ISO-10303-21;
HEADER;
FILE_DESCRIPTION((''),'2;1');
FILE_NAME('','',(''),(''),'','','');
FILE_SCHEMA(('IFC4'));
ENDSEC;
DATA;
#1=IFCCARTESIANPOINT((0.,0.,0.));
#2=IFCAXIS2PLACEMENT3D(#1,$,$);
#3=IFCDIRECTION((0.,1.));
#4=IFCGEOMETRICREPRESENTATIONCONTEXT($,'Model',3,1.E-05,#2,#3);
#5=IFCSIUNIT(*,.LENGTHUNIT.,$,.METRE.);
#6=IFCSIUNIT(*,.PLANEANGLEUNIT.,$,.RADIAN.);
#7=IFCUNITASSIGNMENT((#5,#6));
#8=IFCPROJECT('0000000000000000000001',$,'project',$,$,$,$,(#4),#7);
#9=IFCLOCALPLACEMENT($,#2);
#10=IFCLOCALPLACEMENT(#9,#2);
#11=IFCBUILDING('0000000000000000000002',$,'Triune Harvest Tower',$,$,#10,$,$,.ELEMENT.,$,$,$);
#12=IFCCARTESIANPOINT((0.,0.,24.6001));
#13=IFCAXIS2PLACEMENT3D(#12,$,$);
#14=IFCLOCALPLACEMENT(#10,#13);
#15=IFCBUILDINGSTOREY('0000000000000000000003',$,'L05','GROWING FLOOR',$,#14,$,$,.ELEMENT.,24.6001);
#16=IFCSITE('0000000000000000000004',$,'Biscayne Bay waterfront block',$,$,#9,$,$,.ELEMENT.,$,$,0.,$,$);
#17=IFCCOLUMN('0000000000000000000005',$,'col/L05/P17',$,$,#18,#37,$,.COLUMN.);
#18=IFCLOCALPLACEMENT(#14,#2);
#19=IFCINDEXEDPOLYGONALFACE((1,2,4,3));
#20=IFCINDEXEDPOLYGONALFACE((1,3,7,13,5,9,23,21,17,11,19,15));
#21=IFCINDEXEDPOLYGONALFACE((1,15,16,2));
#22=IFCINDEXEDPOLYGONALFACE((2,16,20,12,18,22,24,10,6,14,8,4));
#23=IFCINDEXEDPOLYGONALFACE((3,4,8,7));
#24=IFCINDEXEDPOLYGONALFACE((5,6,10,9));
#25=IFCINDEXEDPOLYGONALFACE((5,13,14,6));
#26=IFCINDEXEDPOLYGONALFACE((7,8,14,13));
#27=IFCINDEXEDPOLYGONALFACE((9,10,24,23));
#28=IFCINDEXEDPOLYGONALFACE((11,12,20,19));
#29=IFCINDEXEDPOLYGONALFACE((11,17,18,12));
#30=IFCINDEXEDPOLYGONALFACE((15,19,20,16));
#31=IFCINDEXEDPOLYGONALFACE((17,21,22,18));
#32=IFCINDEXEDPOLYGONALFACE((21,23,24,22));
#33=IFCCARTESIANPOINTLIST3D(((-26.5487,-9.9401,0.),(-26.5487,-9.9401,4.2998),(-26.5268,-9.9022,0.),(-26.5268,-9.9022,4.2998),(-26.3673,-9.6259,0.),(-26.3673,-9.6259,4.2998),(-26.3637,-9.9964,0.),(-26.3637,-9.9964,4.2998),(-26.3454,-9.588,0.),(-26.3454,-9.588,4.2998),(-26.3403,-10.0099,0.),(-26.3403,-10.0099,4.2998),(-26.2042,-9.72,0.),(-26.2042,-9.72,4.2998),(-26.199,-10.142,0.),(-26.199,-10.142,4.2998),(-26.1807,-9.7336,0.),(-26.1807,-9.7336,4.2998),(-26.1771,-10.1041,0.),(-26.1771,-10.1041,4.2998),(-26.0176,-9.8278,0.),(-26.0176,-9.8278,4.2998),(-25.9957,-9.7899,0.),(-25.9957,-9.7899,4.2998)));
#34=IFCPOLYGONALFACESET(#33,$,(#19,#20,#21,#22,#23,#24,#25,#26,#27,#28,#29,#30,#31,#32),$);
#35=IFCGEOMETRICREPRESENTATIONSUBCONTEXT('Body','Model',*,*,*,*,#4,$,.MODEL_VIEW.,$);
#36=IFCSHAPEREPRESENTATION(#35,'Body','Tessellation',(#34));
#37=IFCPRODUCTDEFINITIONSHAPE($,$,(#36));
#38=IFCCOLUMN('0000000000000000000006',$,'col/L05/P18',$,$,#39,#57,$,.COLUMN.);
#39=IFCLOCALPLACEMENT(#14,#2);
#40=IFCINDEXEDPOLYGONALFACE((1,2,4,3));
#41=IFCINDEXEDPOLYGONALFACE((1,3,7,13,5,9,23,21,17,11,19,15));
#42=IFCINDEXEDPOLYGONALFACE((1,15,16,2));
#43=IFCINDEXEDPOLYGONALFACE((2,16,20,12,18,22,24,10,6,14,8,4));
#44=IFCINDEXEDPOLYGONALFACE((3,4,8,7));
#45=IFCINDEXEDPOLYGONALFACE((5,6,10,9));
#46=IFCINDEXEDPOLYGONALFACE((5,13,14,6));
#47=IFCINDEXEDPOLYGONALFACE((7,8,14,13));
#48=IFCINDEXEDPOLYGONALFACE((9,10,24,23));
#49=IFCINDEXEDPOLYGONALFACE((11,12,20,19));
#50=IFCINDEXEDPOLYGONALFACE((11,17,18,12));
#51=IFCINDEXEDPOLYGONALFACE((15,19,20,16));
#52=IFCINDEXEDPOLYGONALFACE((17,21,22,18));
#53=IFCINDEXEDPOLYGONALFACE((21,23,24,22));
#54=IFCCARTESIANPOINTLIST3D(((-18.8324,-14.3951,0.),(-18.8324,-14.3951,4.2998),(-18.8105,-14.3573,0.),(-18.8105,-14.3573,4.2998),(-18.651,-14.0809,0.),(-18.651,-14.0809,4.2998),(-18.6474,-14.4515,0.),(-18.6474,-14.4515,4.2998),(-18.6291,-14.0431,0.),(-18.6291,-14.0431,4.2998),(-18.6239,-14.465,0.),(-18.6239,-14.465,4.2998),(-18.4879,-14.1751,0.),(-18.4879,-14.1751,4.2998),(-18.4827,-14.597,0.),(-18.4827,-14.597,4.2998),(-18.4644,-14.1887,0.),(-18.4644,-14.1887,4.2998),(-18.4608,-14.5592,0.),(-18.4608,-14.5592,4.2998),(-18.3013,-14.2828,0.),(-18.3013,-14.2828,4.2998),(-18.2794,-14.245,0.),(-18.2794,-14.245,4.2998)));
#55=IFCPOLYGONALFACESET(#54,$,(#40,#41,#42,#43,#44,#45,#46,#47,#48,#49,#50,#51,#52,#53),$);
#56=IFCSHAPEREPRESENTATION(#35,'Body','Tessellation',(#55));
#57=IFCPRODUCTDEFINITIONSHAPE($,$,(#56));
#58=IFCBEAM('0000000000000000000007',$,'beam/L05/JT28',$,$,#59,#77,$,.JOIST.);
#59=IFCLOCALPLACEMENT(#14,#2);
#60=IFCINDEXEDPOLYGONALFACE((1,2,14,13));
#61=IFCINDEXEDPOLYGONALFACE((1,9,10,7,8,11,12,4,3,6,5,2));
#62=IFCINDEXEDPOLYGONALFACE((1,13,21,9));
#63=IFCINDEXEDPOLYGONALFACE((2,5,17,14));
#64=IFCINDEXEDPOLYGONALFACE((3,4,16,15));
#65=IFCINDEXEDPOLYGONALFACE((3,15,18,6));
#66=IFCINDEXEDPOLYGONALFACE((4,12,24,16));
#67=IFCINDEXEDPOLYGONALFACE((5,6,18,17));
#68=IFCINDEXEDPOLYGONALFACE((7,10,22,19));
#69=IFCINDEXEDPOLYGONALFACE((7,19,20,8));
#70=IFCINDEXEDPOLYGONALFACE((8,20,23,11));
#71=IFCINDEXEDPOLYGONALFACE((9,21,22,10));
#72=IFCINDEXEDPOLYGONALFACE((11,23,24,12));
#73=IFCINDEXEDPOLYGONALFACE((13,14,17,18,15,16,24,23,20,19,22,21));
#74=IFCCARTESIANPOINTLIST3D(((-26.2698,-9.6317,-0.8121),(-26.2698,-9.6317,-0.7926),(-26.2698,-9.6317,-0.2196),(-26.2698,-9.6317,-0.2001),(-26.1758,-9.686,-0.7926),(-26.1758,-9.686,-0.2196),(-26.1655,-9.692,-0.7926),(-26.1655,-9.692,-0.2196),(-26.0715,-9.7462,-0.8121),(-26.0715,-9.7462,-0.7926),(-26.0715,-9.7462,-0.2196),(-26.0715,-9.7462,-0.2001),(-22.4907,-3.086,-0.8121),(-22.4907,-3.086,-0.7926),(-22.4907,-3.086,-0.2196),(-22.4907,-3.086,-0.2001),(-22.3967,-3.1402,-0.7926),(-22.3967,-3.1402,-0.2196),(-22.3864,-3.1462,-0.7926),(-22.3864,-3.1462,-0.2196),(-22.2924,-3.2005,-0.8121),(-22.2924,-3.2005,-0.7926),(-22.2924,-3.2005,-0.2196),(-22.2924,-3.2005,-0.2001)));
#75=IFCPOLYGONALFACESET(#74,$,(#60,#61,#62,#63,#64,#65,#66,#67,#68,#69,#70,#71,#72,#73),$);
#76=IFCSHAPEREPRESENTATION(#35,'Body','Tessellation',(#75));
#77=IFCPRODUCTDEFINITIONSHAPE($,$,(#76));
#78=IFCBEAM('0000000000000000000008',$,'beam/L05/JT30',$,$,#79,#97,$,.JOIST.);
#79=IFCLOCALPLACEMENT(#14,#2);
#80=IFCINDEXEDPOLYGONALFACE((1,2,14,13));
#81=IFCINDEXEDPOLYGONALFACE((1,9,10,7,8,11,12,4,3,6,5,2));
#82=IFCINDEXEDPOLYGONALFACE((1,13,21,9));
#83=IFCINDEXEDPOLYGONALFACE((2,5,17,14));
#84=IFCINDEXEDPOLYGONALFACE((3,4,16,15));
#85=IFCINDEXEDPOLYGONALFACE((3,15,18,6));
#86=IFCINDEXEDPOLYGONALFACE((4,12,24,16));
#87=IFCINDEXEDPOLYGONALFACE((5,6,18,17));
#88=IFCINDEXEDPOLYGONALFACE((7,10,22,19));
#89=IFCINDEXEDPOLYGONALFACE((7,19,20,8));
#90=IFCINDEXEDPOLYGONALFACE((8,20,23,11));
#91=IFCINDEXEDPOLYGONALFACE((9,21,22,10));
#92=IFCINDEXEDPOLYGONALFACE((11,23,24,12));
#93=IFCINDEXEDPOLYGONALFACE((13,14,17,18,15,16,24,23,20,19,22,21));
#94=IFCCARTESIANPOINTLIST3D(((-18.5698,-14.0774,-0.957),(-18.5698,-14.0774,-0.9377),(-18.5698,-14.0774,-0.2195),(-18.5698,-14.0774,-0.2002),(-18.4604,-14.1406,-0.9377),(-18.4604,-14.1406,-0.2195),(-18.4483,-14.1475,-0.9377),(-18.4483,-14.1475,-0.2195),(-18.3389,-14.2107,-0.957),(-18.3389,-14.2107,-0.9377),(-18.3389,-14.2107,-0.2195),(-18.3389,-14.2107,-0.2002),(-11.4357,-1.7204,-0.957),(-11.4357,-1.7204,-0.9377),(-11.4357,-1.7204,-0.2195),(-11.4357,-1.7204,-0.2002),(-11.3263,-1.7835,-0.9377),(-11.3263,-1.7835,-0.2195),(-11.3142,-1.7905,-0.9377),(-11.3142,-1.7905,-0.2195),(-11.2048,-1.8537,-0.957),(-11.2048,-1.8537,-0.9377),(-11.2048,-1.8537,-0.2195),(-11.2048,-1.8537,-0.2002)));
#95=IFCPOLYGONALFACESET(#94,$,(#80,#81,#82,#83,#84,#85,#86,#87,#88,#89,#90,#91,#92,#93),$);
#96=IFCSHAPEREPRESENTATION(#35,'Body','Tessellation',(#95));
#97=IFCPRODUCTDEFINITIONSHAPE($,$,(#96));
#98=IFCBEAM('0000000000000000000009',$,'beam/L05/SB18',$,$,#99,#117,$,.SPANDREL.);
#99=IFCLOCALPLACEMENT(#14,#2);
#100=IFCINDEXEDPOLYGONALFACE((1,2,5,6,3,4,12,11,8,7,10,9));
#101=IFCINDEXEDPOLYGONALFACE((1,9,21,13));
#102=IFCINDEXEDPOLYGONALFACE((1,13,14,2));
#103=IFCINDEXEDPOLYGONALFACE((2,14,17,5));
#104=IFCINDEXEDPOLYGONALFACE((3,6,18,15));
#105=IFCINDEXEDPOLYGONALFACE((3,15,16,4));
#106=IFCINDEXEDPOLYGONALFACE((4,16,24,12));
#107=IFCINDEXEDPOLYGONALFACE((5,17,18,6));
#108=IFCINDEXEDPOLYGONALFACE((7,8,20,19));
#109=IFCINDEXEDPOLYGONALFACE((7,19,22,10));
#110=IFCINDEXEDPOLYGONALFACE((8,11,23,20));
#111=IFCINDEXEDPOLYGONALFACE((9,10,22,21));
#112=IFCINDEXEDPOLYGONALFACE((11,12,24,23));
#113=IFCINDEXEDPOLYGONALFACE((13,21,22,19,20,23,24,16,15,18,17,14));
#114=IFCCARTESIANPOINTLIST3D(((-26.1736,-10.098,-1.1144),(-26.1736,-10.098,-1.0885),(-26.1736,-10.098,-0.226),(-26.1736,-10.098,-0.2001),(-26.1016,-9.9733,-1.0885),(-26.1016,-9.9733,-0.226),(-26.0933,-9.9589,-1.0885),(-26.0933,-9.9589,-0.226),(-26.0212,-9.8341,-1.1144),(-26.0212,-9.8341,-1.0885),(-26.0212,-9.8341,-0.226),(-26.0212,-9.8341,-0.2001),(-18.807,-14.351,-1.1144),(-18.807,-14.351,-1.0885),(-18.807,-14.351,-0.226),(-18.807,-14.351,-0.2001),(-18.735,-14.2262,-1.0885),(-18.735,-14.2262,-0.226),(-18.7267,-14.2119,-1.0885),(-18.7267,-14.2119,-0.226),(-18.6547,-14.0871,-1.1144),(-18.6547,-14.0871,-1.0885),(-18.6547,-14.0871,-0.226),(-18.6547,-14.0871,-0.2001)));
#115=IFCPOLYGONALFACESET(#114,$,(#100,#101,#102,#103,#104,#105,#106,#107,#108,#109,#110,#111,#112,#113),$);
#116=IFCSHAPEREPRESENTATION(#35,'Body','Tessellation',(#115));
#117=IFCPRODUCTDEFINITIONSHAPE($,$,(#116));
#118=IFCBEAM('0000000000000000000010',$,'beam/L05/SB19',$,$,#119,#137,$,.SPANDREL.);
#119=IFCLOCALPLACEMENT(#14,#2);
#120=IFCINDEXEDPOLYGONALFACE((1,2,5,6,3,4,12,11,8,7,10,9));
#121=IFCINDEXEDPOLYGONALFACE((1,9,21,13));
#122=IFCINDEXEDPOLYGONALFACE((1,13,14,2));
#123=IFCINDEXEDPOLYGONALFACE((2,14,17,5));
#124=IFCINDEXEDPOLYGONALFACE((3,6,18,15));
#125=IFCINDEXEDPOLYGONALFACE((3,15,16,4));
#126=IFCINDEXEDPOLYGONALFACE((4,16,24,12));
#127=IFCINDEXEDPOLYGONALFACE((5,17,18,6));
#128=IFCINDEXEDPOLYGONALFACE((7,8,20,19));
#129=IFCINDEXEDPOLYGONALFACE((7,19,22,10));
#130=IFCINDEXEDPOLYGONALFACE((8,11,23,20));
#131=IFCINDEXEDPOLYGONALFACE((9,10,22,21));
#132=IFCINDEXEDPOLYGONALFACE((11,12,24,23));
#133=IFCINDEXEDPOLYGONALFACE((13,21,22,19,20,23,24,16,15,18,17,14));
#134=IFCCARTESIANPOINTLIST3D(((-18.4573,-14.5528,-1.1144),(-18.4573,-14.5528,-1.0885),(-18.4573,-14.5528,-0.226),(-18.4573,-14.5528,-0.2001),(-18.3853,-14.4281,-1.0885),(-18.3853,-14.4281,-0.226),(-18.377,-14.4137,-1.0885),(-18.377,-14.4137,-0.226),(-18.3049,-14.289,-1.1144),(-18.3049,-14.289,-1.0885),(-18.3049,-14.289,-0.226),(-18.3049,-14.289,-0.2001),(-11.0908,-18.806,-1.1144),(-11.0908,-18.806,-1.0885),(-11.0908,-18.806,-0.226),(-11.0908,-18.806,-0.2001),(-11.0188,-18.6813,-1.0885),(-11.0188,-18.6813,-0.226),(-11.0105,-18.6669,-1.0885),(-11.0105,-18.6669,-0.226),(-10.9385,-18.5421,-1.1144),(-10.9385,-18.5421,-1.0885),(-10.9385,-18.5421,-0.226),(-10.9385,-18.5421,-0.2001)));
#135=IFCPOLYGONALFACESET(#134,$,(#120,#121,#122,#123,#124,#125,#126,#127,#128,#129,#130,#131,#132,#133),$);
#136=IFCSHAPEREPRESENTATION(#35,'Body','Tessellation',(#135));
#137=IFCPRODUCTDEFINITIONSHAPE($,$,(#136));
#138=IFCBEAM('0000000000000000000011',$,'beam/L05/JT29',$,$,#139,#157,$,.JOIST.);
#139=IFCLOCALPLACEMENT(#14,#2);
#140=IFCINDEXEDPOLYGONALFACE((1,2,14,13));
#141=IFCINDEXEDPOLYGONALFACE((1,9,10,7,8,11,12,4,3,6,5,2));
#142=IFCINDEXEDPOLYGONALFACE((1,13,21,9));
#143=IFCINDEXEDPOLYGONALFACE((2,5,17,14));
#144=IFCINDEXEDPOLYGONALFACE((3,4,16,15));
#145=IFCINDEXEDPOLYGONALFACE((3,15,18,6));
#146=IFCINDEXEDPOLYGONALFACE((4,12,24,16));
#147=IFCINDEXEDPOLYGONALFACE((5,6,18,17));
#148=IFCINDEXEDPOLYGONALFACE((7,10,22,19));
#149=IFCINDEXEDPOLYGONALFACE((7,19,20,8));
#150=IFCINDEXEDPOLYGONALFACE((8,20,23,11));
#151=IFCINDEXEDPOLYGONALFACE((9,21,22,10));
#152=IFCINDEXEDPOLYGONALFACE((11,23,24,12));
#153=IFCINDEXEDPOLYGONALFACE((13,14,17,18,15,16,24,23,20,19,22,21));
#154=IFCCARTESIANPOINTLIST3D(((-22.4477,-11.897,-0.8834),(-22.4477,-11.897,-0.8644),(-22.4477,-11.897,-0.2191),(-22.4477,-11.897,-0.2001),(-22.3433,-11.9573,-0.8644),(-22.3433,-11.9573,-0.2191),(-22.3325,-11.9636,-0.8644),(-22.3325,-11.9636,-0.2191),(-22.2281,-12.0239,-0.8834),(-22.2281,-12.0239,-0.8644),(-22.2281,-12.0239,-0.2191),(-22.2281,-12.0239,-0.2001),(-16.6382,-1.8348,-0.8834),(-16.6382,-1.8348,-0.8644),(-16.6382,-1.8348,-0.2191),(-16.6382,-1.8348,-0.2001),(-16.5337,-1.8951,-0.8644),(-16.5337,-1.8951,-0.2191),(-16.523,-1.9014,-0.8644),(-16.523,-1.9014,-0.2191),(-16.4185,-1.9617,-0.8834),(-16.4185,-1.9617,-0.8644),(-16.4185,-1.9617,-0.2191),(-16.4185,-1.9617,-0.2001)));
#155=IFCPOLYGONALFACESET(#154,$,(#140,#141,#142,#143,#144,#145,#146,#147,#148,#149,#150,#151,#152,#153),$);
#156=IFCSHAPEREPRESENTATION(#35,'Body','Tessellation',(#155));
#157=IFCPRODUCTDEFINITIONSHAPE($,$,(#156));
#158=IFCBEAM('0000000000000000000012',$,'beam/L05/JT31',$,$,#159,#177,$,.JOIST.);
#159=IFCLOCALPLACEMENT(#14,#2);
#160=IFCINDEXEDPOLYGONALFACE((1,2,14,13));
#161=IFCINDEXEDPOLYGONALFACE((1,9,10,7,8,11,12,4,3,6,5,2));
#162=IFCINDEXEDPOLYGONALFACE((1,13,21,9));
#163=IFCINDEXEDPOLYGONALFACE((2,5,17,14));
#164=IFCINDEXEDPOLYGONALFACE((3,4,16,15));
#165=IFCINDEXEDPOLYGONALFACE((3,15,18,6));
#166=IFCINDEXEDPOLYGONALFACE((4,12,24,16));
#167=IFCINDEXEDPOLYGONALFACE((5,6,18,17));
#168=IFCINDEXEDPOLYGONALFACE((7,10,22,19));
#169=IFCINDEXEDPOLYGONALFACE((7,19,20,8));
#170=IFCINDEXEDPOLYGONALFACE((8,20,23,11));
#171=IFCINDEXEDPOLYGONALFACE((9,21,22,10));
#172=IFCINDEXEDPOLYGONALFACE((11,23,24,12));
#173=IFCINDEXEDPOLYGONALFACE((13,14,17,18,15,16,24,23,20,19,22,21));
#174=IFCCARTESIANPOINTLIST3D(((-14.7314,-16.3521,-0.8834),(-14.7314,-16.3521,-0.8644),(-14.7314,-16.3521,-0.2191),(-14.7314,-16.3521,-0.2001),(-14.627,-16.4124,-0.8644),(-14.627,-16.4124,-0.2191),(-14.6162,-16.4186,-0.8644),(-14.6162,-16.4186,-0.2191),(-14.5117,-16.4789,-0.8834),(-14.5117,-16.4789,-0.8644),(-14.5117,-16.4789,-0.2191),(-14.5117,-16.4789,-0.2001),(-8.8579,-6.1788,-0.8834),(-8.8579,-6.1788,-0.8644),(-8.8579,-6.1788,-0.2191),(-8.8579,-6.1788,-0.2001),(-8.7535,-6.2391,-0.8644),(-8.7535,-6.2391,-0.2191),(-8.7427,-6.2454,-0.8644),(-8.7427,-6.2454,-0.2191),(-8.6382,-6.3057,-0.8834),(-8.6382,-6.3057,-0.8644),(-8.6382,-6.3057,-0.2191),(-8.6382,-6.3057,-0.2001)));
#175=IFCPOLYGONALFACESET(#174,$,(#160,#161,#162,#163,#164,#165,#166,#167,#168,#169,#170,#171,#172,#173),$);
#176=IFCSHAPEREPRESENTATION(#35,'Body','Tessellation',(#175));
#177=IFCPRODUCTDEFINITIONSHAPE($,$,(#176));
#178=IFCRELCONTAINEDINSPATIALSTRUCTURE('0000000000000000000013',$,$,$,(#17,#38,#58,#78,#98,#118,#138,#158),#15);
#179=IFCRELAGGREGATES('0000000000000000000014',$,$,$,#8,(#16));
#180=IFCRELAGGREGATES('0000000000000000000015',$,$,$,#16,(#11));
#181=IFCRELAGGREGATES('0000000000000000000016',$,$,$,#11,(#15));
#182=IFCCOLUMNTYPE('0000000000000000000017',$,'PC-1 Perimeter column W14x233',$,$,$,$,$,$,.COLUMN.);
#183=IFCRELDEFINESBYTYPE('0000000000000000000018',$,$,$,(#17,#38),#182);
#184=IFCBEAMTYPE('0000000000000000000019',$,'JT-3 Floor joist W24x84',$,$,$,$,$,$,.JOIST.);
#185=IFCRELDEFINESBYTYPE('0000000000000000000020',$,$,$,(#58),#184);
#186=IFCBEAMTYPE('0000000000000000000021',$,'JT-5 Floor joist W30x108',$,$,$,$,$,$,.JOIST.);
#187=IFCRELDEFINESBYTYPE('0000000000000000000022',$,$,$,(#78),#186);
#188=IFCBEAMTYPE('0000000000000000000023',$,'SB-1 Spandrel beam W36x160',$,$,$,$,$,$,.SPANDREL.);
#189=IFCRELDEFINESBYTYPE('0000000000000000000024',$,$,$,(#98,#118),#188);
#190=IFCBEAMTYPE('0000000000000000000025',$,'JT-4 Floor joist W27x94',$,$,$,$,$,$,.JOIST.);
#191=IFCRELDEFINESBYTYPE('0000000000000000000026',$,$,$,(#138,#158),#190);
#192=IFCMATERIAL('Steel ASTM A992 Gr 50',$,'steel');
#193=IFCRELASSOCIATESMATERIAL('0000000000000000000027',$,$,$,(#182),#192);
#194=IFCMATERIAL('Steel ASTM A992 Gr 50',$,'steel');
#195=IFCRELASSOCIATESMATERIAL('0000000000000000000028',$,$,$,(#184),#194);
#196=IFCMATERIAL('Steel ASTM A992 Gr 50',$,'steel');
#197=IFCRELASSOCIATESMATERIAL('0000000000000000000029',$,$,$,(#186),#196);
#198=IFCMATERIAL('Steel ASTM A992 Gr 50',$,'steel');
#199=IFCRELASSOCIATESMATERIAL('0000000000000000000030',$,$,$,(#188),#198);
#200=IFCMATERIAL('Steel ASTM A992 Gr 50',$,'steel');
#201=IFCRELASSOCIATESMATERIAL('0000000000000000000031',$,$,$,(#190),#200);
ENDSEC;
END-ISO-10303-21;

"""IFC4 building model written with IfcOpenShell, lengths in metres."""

from ifc_helpers import new_model, si_unit, direction, frame, origin, origin_2d, place, context, subcontext, project, spatial, i_section, extrude, source, transform, mapped, material, material_profile, profile_set, type_object, element, save


model = new_model("IFC4")

# Units and contexts
model_context = context("Model", 3, precision=1e-05, world=origin(), true_north=direction((0.0, 1.0)))
body_context = subcontext(model_context, "Body", "Model", "MODEL_VIEW")
ifc_project = project(units=[si_unit("LENGTHUNIT", "METRE"), si_unit("PLANEANGLEUNIT", "RADIAN")], contexts=[model_context])

# Site, building, storey
site_placement = place(None, origin())
site = spatial("IfcSite", under=ifc_project, at=site_placement, Name="Biscayne Bay waterfront block", CompositionType="ELEMENT", RefElevation=0.0)
building_placement = place(site_placement, origin())
building = spatial("IfcBuilding", under=site, at=building_placement, Name="Triune Harvest Tower", CompositionType="ELEMENT")
storey_placement = place(building_placement, frame((0.0, 0.0, 24.6001)))
storey = spatial("IfcBuildingStorey", under=building, at=storey_placement, Name="L05", Description="GROWING FLOOR", CompositionType="ELEMENT", Elevation=24.6001)

# Columns
ifc_material_1 = material(Name="Steel ASTM A992 Gr 50", Category="steel")
ifc_material_profile_1 = material_profile(ifc_material_1, i_section(OverallWidth=0.4038, OverallDepth=0.4065, WebThickness=0.0271, FlangeThickness=0.0437, at=origin_2d()), Name="W14x233")
ifc_profile_set_1 = profile_set([ifc_material_profile_1], Name="Steel ASTM A992 Gr 50")
column_type = type_object("IfcColumnType", Name="PC-1 Perimeter column W14x233", PredefinedType="COLUMN", material=ifc_profile_set_1)
shared_shape_1 = source(origin(), body_context, "Body", "SweptSolid", [
    extrude(i_section(OverallWidth=0.4038, OverallDepth=0.4065, WebThickness=0.0271, FlangeThickness=0.0437, at=origin_2d()), origin(), (0.0, 0.0, 1.0), 4.2998),
])
for number, where, z_axis, x_axis, name in (
    (1, (-26.2722, -9.865, 0.0), (0.0, 0.0, 1.0), (0.866025, -0.5, 0.0), "col/L05/P17"),
    (2, (-18.5559, -14.3201, 0.0), (0.0, 0.0, 1.0), (0.866025, -0.5, 0.0), "col/L05/P18"),
):
    element("IfcColumn", number, at=place(storey_placement, frame(where, z_axis=z_axis, x_axis=x_axis)), inside=storey, type_object=column_type, Name=name, PredefinedType="COLUMN", context=body_context, shape_type="MappedRepresentation", body=[
        mapped(shared_shape_1, transform((0.0, 0.0, 0.0), scale=1.0)),
    ])

# Beams
ifc_material_2 = material(Name="Steel ASTM A992 Gr 50", Category="steel")
ifc_material_profile_2 = material_profile(ifc_material_2, i_section(OverallWidth=0.229, OverallDepth=0.6121, WebThickness=0.012, FlangeThickness=0.0195, at=origin_2d()), Name="W24x84")
ifc_profile_set_2 = profile_set([ifc_material_profile_2], Name="Steel ASTM A992 Gr 50")
beam_type_1 = type_object("IfcBeamType", Name="JT-3 Floor joist W24x84", PredefinedType="JOIST", material=ifc_profile_set_2)
shared_shape_2 = source(origin(), body_context, "Body", "SweptSolid", [
    extrude(i_section(OverallWidth=0.229, OverallDepth=0.6121, WebThickness=0.012, FlangeThickness=0.0195, at=origin_2d()), origin(), (0.0, 0.0, 1.0), 7.5583),
])
beam_1_placement = place(storey_placement, frame((-26.1707, -9.689, -0.5061), z_axis=(0.499992, 0.86603, 0.0), x_axis=(-0.86603, 0.499992, 0.0)))
element("IfcBeam", 3, at=beam_1_placement, inside=storey, type_object=beam_type_1, Name="beam/L05/JT28", PredefinedType="JOIST", context=body_context, shape_type="MappedRepresentation", body=[
    mapped(shared_shape_2, transform((0.0, 0.0, 0.0), scale=1.0)),
])
ifc_material_3 = material(Name="Steel ASTM A992 Gr 50", Category="steel")
ifc_material_profile_3 = material_profile(ifc_material_3, i_section(OverallWidth=0.2666, OverallDepth=0.7568, WebThickness=0.0139, FlangeThickness=0.0193, at=origin_2d()), Name="W30x108")
ifc_profile_set_3 = profile_set([ifc_material_profile_3], Name="Steel ASTM A992 Gr 50")
beam_type_2 = type_object("IfcBeamType", Name="JT-5 Floor joist W30x108", PredefinedType="JOIST", material=ifc_profile_set_3)
shared_shape_3 = source(origin(), body_context, "Body", "SweptSolid", [
    extrude(i_section(OverallWidth=0.2666, OverallDepth=0.7568, WebThickness=0.0139, FlangeThickness=0.0193, at=origin_2d()), origin(), (0.0, 0.0, 1.0), 14.2686),
])
beam_2_placement = place(storey_placement, frame((-18.4543, -14.144, -0.5786), z_axis=(0.499987, 0.866033, 0.0), x_axis=(-0.866033, 0.499987, 0.0)))
element("IfcBeam", 4, at=beam_2_placement, inside=storey, type_object=beam_type_2, Name="beam/L05/JT30", PredefinedType="JOIST", context=body_context, shape_type="MappedRepresentation", body=[
    mapped(shared_shape_3, transform((0.0, 0.0, 0.0), scale=1.0)),
])
ifc_material_4 = material(Name="Steel ASTM A992 Gr 50", Category="steel")
ifc_material_profile_4 = material_profile(ifc_material_4, i_section(OverallWidth=0.3047, OverallDepth=0.9143, WebThickness=0.0166, FlangeThickness=0.0259, at=origin_2d()), Name="W36x160")
ifc_profile_set_4 = profile_set([ifc_material_profile_4], Name="Steel ASTM A992 Gr 50")
beam_type_3 = type_object("IfcBeamType", Name="SB-1 Spandrel beam W36x160", PredefinedType="SPANDREL", material=ifc_profile_set_4)
shared_shape_4 = source(origin(), body_context, "Body", "SweptSolid", [
    extrude(i_section(OverallWidth=0.3047, OverallDepth=0.9143, WebThickness=0.0166, FlangeThickness=0.0259, at=origin_2d()), origin(), (0.0, 0.0, 1.0), 8.5061),
])
for number, where, z_axis, x_axis, name in (
    (5, (-26.0974, -9.9661, -0.6572), (0.86603, -0.499992, 0.0), (0.499992, 0.86603, 0.0), "beam/L05/SB18"),
    (6, (-18.3811, -14.4209, -0.6572), (0.866018, -0.500013, 0.0), (0.500013, 0.866018, 0.0), "beam/L05/SB19"),
):
    element("IfcBeam", number, at=place(storey_placement, frame(where, z_axis=z_axis, x_axis=x_axis)), inside=storey, type_object=beam_type_3, Name=name, PredefinedType="SPANDREL", context=body_context, shape_type="MappedRepresentation", body=[
        mapped(shared_shape_4, transform((0.0, 0.0, 0.0), scale=1.0)),
    ])
ifc_material_5 = material(Name="Steel ASTM A992 Gr 50", Category="steel")
ifc_material_profile_5 = material_profile(ifc_material_5, i_section(OverallWidth=0.2537, OverallDepth=0.6833, WebThickness=0.0125, FlangeThickness=0.019, at=origin_2d()), Name="W27x94")
ifc_profile_set_5 = profile_set([ifc_material_profile_5], Name="Steel ASTM A992 Gr 50")
beam_type_4 = type_object("IfcBeamType", Name="JT-4 Floor joist W27x94", PredefinedType="JOIST", material=ifc_profile_set_5)
shared_shape_5 = source(origin(), body_context, "Body", "SweptSolid", [
    extrude(i_section(OverallWidth=0.2537, OverallDepth=0.6833, WebThickness=0.0125, FlangeThickness=0.019, at=origin_2d()), origin(), (0.0, 0.0, 1.0), 11.6189),
])
beam_3_placement = place(storey_placement, frame((-22.3379, -11.9604, -0.5417), z_axis=(0.500008, 0.866021, 0.0), x_axis=(-0.866021, 0.500008, 0.0)))
element("IfcBeam", 7, at=beam_3_placement, inside=storey, type_object=beam_type_4, Name="beam/L05/JT29", PredefinedType="JOIST", context=body_context, shape_type="MappedRepresentation", body=[
    mapped(shared_shape_5, transform((0.0, 0.0, 0.0), scale=1.0)),
])
shared_shape_6 = source(origin(), body_context, "Body", "SweptSolid", [
    extrude(i_section(OverallWidth=0.2537, OverallDepth=0.6833, WebThickness=0.0125, FlangeThickness=0.019, at=origin_2d()), origin(), (0.0, 0.0, 1.0), 11.7471),
])
beam_4_placement = place(storey_placement, frame((-14.6216, -16.4155, -0.5417), z_axis=(0.499997, 0.866027, 0.0), x_axis=(-0.866027, 0.499997, 0.0)))
element("IfcBeam", 8, at=beam_4_placement, inside=storey, type_object=beam_type_4, Name="beam/L05/JT31", PredefinedType="JOIST", context=body_context, shape_type="MappedRepresentation", body=[
    mapped(shared_shape_6, transform((0.0, 0.0, 0.0), scale=1.0)),
])

save(model, "model.ifc")
